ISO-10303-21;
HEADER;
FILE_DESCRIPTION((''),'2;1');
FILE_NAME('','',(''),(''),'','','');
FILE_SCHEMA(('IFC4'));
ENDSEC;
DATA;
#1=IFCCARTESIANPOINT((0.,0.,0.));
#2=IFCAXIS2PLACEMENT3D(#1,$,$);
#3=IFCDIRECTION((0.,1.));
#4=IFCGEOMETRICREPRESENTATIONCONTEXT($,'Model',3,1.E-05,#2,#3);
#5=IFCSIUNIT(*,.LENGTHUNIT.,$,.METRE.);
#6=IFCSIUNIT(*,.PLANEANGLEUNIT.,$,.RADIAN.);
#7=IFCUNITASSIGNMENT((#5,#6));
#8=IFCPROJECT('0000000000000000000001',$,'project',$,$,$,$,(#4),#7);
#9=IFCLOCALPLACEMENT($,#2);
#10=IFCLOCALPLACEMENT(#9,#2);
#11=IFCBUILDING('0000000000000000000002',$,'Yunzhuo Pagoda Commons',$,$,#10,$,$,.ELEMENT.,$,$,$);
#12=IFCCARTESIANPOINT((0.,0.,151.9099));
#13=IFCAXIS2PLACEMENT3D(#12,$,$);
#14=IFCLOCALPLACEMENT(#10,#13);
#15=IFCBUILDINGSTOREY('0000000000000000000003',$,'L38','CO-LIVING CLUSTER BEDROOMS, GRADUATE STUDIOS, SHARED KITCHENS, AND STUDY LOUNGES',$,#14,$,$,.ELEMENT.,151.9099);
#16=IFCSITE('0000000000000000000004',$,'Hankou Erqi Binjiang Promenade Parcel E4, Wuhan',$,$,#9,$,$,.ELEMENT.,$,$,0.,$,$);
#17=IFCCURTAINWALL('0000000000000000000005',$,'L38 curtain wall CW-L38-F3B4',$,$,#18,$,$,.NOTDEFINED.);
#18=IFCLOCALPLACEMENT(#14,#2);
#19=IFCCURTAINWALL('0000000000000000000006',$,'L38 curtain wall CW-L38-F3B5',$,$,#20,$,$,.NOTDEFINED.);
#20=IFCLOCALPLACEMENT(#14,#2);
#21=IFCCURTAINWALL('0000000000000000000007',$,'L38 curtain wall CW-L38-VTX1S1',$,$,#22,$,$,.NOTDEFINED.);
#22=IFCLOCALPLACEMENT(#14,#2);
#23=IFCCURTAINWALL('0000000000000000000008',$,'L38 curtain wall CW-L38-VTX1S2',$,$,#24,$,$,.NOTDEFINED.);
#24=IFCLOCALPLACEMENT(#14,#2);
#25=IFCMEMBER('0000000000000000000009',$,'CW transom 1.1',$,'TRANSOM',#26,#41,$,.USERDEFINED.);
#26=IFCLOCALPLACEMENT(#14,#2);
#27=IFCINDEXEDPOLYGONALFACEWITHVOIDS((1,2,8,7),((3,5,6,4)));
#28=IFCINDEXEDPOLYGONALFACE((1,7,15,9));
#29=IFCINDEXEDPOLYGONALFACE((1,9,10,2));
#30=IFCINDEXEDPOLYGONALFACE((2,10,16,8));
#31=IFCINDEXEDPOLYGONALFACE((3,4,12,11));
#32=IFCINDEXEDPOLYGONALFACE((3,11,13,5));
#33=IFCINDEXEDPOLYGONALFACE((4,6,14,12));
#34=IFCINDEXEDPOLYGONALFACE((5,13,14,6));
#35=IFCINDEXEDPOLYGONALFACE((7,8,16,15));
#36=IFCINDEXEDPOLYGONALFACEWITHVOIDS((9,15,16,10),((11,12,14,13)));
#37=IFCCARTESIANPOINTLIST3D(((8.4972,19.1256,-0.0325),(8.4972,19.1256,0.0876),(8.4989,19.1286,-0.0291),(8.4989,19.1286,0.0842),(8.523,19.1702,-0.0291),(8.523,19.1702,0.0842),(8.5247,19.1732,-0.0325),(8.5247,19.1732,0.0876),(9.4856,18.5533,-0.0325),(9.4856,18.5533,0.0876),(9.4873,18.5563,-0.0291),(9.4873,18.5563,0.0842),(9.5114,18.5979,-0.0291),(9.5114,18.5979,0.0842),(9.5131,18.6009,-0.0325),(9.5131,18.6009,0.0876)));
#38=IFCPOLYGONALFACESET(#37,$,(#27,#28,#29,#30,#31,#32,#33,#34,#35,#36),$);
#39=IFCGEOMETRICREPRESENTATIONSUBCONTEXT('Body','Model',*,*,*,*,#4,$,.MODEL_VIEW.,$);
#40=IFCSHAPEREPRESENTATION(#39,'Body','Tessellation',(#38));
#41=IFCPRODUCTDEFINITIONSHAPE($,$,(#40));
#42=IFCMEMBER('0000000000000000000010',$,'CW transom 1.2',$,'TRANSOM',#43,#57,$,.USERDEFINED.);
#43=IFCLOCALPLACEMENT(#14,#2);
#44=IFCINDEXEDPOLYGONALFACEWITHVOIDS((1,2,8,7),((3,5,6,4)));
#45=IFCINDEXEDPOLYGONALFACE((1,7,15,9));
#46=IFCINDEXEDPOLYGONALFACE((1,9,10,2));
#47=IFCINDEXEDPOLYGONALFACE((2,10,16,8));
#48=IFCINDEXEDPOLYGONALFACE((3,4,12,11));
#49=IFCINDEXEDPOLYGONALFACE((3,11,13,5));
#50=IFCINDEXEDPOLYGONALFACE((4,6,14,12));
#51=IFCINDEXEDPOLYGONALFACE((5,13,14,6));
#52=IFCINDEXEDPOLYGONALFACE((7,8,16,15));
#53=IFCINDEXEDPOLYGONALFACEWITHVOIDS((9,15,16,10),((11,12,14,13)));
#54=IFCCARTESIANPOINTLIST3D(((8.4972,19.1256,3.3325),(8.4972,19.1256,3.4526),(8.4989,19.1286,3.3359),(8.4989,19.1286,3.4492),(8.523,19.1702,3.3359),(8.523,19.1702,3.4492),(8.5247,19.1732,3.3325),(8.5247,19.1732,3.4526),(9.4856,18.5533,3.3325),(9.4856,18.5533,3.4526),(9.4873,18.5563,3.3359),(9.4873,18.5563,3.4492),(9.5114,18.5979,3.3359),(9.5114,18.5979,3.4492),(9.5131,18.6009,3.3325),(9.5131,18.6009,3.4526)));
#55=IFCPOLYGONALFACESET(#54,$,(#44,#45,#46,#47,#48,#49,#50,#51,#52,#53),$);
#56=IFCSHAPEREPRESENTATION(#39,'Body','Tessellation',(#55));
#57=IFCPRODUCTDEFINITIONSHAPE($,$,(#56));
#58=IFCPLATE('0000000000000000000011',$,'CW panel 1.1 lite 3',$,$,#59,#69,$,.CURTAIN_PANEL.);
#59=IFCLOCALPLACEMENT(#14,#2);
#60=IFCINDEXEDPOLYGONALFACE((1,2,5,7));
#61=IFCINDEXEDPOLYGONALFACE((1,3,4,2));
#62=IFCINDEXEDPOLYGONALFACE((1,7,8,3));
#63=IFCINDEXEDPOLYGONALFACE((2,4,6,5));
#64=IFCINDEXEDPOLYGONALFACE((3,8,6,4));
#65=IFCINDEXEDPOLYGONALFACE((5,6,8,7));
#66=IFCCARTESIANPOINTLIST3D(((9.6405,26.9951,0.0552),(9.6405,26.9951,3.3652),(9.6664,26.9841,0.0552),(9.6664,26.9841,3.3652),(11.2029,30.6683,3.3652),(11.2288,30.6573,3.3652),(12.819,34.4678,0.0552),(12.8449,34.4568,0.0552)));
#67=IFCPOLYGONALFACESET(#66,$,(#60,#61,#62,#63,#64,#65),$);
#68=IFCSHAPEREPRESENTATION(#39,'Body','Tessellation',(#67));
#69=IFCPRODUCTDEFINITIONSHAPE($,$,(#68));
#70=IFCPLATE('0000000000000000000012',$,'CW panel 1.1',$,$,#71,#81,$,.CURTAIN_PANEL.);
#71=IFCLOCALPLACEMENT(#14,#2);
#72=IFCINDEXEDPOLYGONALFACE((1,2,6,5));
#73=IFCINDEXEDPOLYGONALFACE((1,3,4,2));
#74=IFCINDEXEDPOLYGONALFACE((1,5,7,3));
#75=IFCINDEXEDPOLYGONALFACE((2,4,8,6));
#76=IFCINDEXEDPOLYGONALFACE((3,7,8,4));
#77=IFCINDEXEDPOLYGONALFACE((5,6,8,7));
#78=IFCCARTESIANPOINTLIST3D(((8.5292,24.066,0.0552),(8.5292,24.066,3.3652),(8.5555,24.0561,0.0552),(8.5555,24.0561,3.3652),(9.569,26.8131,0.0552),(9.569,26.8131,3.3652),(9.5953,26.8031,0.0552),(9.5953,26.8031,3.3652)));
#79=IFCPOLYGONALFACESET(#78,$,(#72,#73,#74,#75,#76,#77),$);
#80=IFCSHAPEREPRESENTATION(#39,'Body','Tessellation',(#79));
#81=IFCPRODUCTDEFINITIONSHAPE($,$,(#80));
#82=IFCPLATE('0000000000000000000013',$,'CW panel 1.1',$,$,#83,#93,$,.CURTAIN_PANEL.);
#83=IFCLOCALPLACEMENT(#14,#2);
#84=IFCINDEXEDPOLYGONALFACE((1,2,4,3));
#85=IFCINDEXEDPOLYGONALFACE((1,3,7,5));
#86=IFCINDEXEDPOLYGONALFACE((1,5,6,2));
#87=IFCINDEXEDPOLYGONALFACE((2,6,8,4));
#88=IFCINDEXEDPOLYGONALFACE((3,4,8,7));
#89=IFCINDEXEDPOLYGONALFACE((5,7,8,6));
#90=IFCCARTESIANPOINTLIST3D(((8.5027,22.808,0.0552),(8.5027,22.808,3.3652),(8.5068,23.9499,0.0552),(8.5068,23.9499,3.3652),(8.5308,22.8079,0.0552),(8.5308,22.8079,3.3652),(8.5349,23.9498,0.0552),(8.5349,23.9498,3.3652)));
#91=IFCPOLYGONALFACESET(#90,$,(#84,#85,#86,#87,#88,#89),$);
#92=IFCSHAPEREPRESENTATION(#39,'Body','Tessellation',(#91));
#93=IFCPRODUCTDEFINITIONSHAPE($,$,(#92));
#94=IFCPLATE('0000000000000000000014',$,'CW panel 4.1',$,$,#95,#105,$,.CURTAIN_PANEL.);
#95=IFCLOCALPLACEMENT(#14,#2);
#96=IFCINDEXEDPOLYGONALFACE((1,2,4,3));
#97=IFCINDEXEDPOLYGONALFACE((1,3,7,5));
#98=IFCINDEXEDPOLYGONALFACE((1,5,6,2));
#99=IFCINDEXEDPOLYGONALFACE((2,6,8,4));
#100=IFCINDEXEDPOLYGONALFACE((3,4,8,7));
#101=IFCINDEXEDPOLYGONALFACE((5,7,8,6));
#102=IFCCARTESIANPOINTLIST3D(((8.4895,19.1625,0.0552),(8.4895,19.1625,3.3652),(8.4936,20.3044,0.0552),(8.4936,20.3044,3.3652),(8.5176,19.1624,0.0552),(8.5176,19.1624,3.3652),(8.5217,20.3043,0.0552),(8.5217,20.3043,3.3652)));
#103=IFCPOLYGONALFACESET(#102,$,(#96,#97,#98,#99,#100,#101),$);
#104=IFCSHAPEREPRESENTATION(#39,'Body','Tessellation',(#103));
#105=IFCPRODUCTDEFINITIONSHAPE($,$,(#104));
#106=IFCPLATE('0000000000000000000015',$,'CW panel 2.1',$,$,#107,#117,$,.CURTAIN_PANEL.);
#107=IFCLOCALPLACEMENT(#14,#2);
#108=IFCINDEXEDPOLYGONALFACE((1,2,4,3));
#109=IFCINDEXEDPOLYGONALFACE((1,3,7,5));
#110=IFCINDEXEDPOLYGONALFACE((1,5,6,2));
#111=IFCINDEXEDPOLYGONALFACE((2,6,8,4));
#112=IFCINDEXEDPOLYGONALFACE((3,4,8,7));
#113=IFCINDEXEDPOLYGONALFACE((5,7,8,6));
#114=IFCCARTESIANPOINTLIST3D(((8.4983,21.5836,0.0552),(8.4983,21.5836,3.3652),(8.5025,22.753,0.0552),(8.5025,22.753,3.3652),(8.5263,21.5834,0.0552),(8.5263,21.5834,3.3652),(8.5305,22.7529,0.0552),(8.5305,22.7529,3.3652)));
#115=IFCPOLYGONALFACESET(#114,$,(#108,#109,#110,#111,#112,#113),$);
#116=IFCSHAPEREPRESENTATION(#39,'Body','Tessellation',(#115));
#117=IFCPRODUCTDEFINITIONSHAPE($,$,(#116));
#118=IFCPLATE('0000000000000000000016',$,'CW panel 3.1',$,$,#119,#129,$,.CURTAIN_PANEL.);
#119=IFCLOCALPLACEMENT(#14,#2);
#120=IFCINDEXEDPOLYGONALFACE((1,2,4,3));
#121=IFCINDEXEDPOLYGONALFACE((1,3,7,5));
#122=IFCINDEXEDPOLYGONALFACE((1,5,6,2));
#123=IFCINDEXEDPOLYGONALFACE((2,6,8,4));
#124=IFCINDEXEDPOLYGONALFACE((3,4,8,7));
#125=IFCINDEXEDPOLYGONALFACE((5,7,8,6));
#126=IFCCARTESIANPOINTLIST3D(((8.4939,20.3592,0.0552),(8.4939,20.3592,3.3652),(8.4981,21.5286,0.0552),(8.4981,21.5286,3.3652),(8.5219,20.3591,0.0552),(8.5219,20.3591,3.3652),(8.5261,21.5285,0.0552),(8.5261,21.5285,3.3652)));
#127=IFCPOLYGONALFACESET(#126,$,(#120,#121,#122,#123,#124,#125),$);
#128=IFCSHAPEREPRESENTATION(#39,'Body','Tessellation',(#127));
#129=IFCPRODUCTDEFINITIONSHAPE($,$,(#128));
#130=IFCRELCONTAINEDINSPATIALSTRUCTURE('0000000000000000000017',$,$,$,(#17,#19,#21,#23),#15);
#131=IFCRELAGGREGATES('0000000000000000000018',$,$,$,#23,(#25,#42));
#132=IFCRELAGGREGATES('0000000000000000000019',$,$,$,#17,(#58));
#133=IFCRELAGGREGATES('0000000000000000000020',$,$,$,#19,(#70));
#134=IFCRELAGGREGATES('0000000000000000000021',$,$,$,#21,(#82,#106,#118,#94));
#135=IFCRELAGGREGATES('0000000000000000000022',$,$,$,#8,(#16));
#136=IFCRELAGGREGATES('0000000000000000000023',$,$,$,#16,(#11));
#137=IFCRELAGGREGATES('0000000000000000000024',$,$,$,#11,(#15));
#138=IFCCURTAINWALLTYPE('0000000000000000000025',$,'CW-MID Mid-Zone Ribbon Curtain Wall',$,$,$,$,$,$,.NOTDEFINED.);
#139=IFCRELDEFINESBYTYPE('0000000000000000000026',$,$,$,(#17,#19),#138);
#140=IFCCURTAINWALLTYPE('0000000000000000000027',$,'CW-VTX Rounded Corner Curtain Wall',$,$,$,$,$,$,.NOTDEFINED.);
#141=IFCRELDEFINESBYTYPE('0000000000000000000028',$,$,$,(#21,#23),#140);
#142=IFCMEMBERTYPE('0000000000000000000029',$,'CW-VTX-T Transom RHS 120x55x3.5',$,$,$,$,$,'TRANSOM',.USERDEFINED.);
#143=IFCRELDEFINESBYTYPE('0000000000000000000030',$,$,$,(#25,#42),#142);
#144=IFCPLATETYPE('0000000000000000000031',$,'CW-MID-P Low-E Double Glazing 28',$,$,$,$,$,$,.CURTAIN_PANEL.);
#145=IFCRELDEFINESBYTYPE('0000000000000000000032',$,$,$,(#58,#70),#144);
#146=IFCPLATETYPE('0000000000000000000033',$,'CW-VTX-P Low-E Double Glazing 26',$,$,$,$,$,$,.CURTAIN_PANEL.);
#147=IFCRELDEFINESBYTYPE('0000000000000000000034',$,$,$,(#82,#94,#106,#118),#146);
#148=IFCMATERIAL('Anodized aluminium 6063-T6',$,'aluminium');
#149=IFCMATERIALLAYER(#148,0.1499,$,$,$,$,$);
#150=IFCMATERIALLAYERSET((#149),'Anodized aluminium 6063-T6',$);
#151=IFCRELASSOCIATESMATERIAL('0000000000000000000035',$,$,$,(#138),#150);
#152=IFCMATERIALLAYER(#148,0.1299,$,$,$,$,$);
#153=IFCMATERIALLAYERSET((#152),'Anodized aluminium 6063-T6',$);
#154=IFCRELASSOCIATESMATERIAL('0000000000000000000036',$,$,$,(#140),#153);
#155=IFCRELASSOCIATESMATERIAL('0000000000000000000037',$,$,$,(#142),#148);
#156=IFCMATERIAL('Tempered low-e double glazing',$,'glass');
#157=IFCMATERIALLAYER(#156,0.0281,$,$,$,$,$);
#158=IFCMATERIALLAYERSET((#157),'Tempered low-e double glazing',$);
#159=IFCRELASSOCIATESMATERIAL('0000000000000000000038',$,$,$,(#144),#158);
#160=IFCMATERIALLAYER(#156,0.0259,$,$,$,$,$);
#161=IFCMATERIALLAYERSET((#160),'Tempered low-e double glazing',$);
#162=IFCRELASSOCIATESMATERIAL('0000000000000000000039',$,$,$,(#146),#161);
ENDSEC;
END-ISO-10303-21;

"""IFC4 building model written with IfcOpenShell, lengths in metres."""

from ifc_helpers import new_model, si_unit, direction, frame, origin, origin_2d, place, context, subcontext, project, spatial, polyline, rectangle, hollow_rectangle, outline, extrude, source, transform, mapped, material, layer, layer_set, material_profile, profile_set, type_object, element, aggregate, save


model = new_model("IFC4")

# Units and contexts
model_context = context("Model", 3, precision=1e-05, world=origin(), true_north=direction((0.0, 1.0)))
body_context = subcontext(model_context, "Body", "Model", "MODEL_VIEW")
ifc_project = project(units=[si_unit("LENGTHUNIT", "METRE"), si_unit("PLANEANGLEUNIT", "RADIAN")], contexts=[model_context])

# Site, building, storey
site_placement = place(None, origin())
site = spatial("IfcSite", under=ifc_project, at=site_placement, Name="Hankou Erqi Binjiang Promenade Parcel E4, Wuhan", CompositionType="ELEMENT", RefElevation=0.0)
building_placement = place(site_placement, origin())
building = spatial("IfcBuilding", under=site, at=building_placement, Name="Yunzhuo Pagoda Commons", CompositionType="ELEMENT")
storey_placement = place(building_placement, frame((0.0, 0.0, 151.9099)))
storey = spatial("IfcBuildingStorey", under=building, at=storey_placement, Name="L38", Description="CO-LIVING CLUSTER BEDROOMS, GRADUATE STUDIOS, SHARED KITCHENS, AND STUDY LOUNGES", CompositionType="ELEMENT", Elevation=151.9099)

# Curtain wall
ifc_material_1 = material(Name="Anodized aluminium 6063-T6", Category="aluminium")
ifc_layer_1 = layer(ifc_material_1, 0.1499)
ifc_layer_set_1 = layer_set([ifc_layer_1], Name="Anodized aluminium 6063-T6")
curtain_wall_type_1 = type_object("IfcCurtainWallType", Name="CW-MID Mid-Zone Ribbon Curtain Wall", PredefinedType="NOTDEFINED", material=ifc_layer_set_1)
curtain_wall_1_placement = place(storey_placement, origin())
curtain_wall_1 = element("IfcCurtainWall", 1, at=curtain_wall_1_placement, inside=storey, type_object=curtain_wall_type_1, Name="L38 curtain wall CW-L38-F3B4", PredefinedType="NOTDEFINED")

# Curtain walls
curtain_wall_2_placement = place(storey_placement, origin())
curtain_wall_2 = element("IfcCurtainWall", 2, at=curtain_wall_2_placement, inside=storey, type_object=curtain_wall_type_1, Name="L38 curtain wall CW-L38-F3B5", PredefinedType="NOTDEFINED")
ifc_layer_2 = layer(ifc_material_1, 0.1299)
ifc_layer_set_2 = layer_set([ifc_layer_2], Name="Anodized aluminium 6063-T6")
curtain_wall_type_2 = type_object("IfcCurtainWallType", Name="CW-VTX Rounded Corner Curtain Wall", PredefinedType="NOTDEFINED", material=ifc_layer_set_2)
curtain_wall_3_placement = place(storey_placement, origin())
curtain_wall_3 = element("IfcCurtainWall", 3, at=curtain_wall_3_placement, inside=storey, type_object=curtain_wall_type_2, Name="L38 curtain wall CW-L38-VTX1S1", PredefinedType="NOTDEFINED")

# Shared definitions
ifc_material_profile_1 = material_profile(ifc_material_1, hollow_rectangle(XDim=0.0549, YDim=0.1201, WallThickness=0.0034, at=origin_2d()), Name="Anodized aluminium 6063-T6")
ifc_profile_set_1 = profile_set([ifc_material_profile_1], Name="Anodized aluminium 6063-T6")
member_type_1 = type_object("IfcMemberType", Name="CW-VTX-T Transom RHS 120x55x3.5", ElementType="TRANSOM", PredefinedType="USERDEFINED", material=ifc_profile_set_1)

# Curtain wall, members
curtain_wall_4_placement = place(storey_placement, origin())
curtain_wall_4 = element("IfcCurtainWall", 4, at=curtain_wall_4_placement, inside=storey, type_object=curtain_wall_type_2, Name="L38 curtain wall CW-L38-VTX1S2", PredefinedType="NOTDEFINED")
shared_shape_1 = source(origin(), body_context, "Body", "SweptSolid", [
    extrude(hollow_rectangle(XDim=0.0549, YDim=0.1201, WallThickness=0.0034, at=origin_2d()), origin(), (0.0, 0.0, 1.0), 1.1421),
])
member_1_placement = place(storey_placement, frame((8.511, 19.1494, 0.0276), z_axis=(0.865387, -0.501104, 0.0), x_axis=(0.501104, 0.865387, 0.0)))
member_1 = element("IfcMember", 5, at=member_1_placement, type_object=member_type_1, Name="CW transom 1.1", ObjectType="TRANSOM", PredefinedType="USERDEFINED", context=body_context, shape_type="MappedRepresentation", body=[
    mapped(shared_shape_1, transform((0.0, 0.0, 0.0), scale=1.0)),
])
member_2_placement = place(storey_placement, frame((8.511, 19.1494, 3.3926), z_axis=(0.865387, -0.501104, 0.0), x_axis=(0.501104, 0.865387, 0.0)))
member_2 = element("IfcMember", 6, at=member_2_placement, type_object=member_type_1, Name="CW transom 1.2", ObjectType="TRANSOM", PredefinedType="USERDEFINED", context=body_context, shape_type="MappedRepresentation", body=[
    mapped(shared_shape_1, transform((0.0, 0.0, 0.0), scale=1.0)),
])
aggregate(curtain_wall_4, [member_1, member_2])

# Plates
ifc_material_2 = material(Name="Tempered low-e double glazing", Category="glass")
ifc_layer_3 = layer(ifc_material_2, 0.0281)
ifc_layer_set_3 = layer_set([ifc_layer_3], Name="Tempered low-e double glazing")
plate_type_1 = type_object("IfcPlateType", Name="CW-MID-P Low-E Double Glazing 28", PredefinedType="CURTAIN_PANEL", material=ifc_layer_set_3)
plate_1_placement = place(storey_placement, frame((11.2556, 30.7205, 1.7102), z_axis=(-0.920217, 0.391409, 0.0), x_axis=(-0.391409, -0.920217, 0.0)))
plate_1 = element("IfcPlate", 7, at=plate_1_placement, type_object=plate_type_1, Name="CW panel 1.1 lite 3", PredefinedType="CURTAIN_PANEL", context=body_context, shape_type="SweptSolid", body=[
    extrude(outline(polyline([(-4.0603, -1.655), (4.0603, -1.655), (4.0603, 1.655), (0.0686, 1.655), (-4.0603, -1.655)])), origin(), (0.0, 0.0, 1.0), 0.0281),
])
aggregate(curtain_wall_1, [plate_1])
shared_shape_2 = source(origin(), body_context, "Body", "SweptSolid", [
    extrude(rectangle(XDim=2.9373, YDim=0.0281, at=origin_2d()), origin(), (0.0, 0.0, 1.0), 3.3101),
])
plate_2_placement = place(storey_placement, frame((9.0623, 25.4346, 0.0552), z_axis=(0.0, 0.0, 1.0), x_axis=(-0.353996, -0.935247, 0.0)))
plate_2 = element("IfcPlate", 8, at=plate_2_placement, type_object=plate_type_1, Name="CW panel 1.1", PredefinedType="CURTAIN_PANEL", context=body_context, shape_type="MappedRepresentation", body=[
    mapped(shared_shape_2, transform((0.0, 0.0, 0.0), scale=1.0)),
])
aggregate(curtain_wall_2, [plate_2])
ifc_layer_4 = layer(ifc_material_2, 0.0259)
ifc_layer_set_4 = layer_set([ifc_layer_4], Name="Tempered low-e double glazing")
plate_type_2 = type_object("IfcPlateType", Name="CW-VTX-P Low-E Double Glazing 26", PredefinedType="CURTAIN_PANEL", material=ifc_layer_set_4)
shared_shape_3 = source(origin(), body_context, "Body", "SweptSolid", [
    extrude(rectangle(XDim=1.1418, YDim=0.0281, at=origin_2d()), origin(), (0.0, 0.0, 1.0), 3.3101),
])
plate_3_placement = place(storey_placement, frame((8.5188, 23.3789, 0.0552), z_axis=(0.0, 0.0, 1.0), x_axis=(-0.003594, -0.999994, 0.0)))
plate_3 = element("IfcPlate", 9, at=plate_3_placement, type_object=plate_type_2, Name="CW panel 1.1", PredefinedType="CURTAIN_PANEL", context=body_context, shape_type="MappedRepresentation", body=[
    mapped(shared_shape_3, transform((0.0, 0.0, 0.0), scale=1.0)),
])
plate_4_placement = place(storey_placement, frame((8.5056, 19.7334, 0.0552), z_axis=(0.0, 0.0, 1.0), x_axis=(-0.003594, -0.999994, 0.0)))
plate_4 = element("IfcPlate", 10, at=plate_4_placement, type_object=plate_type_2, Name="CW panel 4.1", PredefinedType="CURTAIN_PANEL", context=body_context, shape_type="MappedRepresentation", body=[
    mapped(shared_shape_3, transform((0.0, 0.0, 0.0), scale=1.0)),
])
shared_shape_4 = source(origin(), body_context, "Body", "SweptSolid", [
    extrude(rectangle(XDim=1.1694, YDim=0.0281, at=origin_2d()), origin(), (0.0, 0.0, 1.0), 3.3101),
])
plate_5_placement = place(storey_placement, frame((8.5144, 22.1682, 0.0552), z_axis=(0.0, 0.0, 1.0), x_axis=(-0.003594, -0.999994, 0.0)))
plate_5 = element("IfcPlate", 11, at=plate_5_placement, type_object=plate_type_2, Name="CW panel 2.1", PredefinedType="CURTAIN_PANEL", context=body_context, shape_type="MappedRepresentation", body=[
    mapped(shared_shape_4, transform((0.0, 0.0, 0.0), scale=1.0)),
])
plate_6_placement = place(storey_placement, frame((8.51, 20.9438, 0.0552), z_axis=(0.0, 0.0, 1.0), x_axis=(-0.003594, -0.999994, 0.0)))
plate_6 = element("IfcPlate", 12, at=plate_6_placement, type_object=plate_type_2, Name="CW panel 3.1", PredefinedType="CURTAIN_PANEL", context=body_context, shape_type="MappedRepresentation", body=[
    mapped(shared_shape_4, transform((0.0, 0.0, 0.0), scale=1.0)),
])
aggregate(curtain_wall_3, [plate_3, plate_5, plate_6, plate_4])

save(model, "model.ifc")
